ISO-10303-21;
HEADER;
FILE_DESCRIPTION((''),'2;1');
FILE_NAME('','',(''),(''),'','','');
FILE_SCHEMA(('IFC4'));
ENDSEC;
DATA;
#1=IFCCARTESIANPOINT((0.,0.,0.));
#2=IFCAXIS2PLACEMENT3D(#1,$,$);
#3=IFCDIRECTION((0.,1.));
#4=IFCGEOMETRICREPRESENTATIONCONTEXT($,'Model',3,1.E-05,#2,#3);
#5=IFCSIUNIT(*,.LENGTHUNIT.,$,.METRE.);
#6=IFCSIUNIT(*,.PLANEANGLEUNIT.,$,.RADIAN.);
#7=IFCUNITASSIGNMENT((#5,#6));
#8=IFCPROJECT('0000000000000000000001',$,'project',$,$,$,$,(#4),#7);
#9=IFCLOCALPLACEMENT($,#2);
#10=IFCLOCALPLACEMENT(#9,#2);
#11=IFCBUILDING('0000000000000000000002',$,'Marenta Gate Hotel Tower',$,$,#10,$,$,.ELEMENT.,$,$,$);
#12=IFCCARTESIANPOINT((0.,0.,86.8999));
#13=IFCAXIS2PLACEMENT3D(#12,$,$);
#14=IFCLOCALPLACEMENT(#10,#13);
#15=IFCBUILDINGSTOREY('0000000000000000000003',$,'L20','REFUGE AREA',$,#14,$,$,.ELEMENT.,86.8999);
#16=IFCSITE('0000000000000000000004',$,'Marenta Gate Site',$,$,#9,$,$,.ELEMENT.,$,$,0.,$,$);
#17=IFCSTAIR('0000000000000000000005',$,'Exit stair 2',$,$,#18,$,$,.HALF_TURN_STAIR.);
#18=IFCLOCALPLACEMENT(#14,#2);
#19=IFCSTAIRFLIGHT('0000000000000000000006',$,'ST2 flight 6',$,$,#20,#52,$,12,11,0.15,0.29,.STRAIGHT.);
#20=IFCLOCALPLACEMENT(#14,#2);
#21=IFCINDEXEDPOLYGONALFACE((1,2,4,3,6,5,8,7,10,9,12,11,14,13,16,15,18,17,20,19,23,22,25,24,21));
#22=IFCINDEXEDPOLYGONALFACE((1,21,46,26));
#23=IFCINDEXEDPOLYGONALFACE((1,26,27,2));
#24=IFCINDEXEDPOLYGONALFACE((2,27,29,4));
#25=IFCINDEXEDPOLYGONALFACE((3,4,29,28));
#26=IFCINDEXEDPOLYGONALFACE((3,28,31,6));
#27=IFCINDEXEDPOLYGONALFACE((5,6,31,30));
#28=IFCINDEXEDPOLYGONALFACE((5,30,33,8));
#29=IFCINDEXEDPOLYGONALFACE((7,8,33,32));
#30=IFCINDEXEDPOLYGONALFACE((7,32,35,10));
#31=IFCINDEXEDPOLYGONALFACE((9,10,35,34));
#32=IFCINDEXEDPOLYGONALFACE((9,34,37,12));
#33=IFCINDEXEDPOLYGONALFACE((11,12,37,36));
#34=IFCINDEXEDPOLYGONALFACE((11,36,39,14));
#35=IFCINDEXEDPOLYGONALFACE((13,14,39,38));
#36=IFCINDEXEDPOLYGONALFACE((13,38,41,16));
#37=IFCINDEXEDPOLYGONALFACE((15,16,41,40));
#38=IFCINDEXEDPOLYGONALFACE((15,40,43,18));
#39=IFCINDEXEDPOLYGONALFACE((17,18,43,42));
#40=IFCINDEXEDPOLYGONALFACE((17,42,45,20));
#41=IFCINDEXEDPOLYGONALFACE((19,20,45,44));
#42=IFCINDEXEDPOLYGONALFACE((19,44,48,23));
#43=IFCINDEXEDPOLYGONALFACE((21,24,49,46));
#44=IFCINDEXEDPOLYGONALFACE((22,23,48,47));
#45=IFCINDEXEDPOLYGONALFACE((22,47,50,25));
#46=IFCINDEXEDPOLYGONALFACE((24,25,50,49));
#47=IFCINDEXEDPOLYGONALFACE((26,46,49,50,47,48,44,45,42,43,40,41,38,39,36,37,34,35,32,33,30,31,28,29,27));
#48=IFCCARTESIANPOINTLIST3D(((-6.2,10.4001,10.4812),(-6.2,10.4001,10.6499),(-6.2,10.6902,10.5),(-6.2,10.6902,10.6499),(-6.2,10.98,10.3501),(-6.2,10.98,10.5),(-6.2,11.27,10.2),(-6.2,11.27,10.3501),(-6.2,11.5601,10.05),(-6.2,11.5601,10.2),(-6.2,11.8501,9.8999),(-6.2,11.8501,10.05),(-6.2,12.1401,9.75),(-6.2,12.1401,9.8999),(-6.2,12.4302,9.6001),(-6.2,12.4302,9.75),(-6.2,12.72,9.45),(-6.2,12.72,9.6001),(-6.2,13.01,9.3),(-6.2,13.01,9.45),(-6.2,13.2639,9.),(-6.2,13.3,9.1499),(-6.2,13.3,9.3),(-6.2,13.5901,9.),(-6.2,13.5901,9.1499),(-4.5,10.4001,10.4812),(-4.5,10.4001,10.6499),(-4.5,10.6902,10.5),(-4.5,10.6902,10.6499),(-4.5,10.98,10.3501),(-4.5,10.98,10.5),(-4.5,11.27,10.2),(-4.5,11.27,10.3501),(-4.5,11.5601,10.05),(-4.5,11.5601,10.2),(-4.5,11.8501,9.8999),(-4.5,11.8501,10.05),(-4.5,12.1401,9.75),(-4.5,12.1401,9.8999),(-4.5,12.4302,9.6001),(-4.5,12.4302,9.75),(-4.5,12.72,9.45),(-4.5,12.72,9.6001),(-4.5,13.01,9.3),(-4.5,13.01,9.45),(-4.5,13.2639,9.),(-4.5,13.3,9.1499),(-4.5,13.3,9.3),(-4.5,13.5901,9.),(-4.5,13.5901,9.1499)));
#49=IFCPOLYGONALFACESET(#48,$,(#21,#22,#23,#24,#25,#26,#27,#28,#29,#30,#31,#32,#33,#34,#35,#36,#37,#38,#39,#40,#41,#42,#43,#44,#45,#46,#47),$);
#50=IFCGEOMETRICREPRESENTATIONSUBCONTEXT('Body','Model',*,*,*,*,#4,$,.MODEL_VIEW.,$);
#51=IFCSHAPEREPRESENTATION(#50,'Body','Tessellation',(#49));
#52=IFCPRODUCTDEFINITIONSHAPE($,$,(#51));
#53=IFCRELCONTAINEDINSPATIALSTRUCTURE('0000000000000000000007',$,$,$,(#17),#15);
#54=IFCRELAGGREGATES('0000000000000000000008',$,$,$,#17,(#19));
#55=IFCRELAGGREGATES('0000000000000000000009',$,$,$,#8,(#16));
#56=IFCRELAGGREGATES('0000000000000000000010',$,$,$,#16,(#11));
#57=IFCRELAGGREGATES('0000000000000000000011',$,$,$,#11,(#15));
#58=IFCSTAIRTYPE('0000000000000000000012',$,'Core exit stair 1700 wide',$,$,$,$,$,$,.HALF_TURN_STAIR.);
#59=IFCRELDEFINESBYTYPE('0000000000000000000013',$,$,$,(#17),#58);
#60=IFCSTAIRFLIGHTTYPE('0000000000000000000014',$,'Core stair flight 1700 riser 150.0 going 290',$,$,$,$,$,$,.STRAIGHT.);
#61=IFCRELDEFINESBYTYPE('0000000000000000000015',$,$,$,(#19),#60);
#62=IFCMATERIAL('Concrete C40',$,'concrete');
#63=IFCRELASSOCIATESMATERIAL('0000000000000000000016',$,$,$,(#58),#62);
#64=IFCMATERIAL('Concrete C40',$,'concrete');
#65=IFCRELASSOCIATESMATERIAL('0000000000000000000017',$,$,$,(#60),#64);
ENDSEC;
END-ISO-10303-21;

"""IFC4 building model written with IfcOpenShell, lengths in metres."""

from ifc_helpers import new_model, si_unit, direction, frame, origin, place, context, subcontext, project, spatial, polyline, outline, extrude, material, type_object, element, aggregate, save


model = new_model("IFC4")

# Units and contexts
model_context = context("Model", 3, precision=1e-05, world=origin(), true_north=direction((0.0, 1.0)))
body_context = subcontext(model_context, "Body", "Model", "MODEL_VIEW")
ifc_project = project(units=[si_unit("LENGTHUNIT", "METRE"), si_unit("PLANEANGLEUNIT", "RADIAN")], contexts=[model_context])

# Site, building, storey
site_placement = place(None, origin())
site = spatial("IfcSite", under=ifc_project, at=site_placement, Name="Marenta Gate Site", CompositionType="ELEMENT", RefElevation=0.0)
building_placement = place(site_placement, origin())
building = spatial("IfcBuilding", under=site, at=building_placement, Name="Marenta Gate Hotel Tower", CompositionType="ELEMENT")
storey_placement = place(building_placement, frame((0.0, 0.0, 86.8999)))
storey = spatial("IfcBuildingStorey", under=building, at=storey_placement, Name="L20", Description="REFUGE AREA", CompositionType="ELEMENT", Elevation=86.8999)

# Stair, stair flight
ifc_material_1 = material(Name="Concrete C40", Category="concrete")
stair_type = type_object("IfcStairType", Name="Core exit stair 1700 wide", PredefinedType="HALF_TURN_STAIR", material=ifc_material_1)
stair_placement = place(storey_placement, origin())
stair = element("IfcStair", 1, at=stair_placement, inside=storey, type_object=stair_type, Name="Exit stair 2", PredefinedType="HALF_TURN_STAIR")
ifc_material_2 = material(Name="Concrete C40", Category="concrete")
stair_flight_type = type_object("IfcStairFlightType", Name="Core stair flight 1700 riser 150.0 going 290", PredefinedType="STRAIGHT", material=ifc_material_2)
stair_flight_placement = place(storey_placement, frame((-5.3501, 13.5901, 9.0), z_axis=(0.0, 0.0, 1.0), x_axis=(0.0, -1.0, 0.0)))
stair_flight = element("IfcStairFlight", 2, at=stair_flight_placement, type_object=stair_flight_type, Name="ST2 flight 6", NumberOfRisers=12, NumberOfTreads=11, PredefinedType="STRAIGHT", RiserHeight=0.15, TreadLength=0.29, context=body_context, shape_type="SweptSolid", body=[
    extrude(outline(polyline([(0.0, 0.0), (0.0, 0.1499), (0.29, 0.1499), (0.29, 0.3), (0.5801, 0.3), (0.5801, 0.45), (0.8701, 0.45), (0.8701, 0.6001), (1.1599, 0.6001), (1.1599, 0.75), (1.45, 0.75), (1.45, 0.8999), (1.74, 0.8999), (1.74, 1.05), (2.03, 1.05), (2.03, 1.2), (2.3201, 1.2), (2.3201, 1.3501), (2.6101, 1.3501), (2.6101, 1.5), (2.8999, 1.5), (2.8999, 1.6499), (3.1899, 1.6499), (3.1899, 1.8), (3.1899, 1.4812), (0.3262, 0.0), (0.0, 0.0)])), frame((0.0, 0.8501, 0.0), z_axis=(0.0, -1.0, 0.0), x_axis=(1.0, 0.0, 0.0)), (0.0, 0.0, 1.0), 1.7),
])
aggregate(stair, [stair_flight])

save(model, "model.ifc")
